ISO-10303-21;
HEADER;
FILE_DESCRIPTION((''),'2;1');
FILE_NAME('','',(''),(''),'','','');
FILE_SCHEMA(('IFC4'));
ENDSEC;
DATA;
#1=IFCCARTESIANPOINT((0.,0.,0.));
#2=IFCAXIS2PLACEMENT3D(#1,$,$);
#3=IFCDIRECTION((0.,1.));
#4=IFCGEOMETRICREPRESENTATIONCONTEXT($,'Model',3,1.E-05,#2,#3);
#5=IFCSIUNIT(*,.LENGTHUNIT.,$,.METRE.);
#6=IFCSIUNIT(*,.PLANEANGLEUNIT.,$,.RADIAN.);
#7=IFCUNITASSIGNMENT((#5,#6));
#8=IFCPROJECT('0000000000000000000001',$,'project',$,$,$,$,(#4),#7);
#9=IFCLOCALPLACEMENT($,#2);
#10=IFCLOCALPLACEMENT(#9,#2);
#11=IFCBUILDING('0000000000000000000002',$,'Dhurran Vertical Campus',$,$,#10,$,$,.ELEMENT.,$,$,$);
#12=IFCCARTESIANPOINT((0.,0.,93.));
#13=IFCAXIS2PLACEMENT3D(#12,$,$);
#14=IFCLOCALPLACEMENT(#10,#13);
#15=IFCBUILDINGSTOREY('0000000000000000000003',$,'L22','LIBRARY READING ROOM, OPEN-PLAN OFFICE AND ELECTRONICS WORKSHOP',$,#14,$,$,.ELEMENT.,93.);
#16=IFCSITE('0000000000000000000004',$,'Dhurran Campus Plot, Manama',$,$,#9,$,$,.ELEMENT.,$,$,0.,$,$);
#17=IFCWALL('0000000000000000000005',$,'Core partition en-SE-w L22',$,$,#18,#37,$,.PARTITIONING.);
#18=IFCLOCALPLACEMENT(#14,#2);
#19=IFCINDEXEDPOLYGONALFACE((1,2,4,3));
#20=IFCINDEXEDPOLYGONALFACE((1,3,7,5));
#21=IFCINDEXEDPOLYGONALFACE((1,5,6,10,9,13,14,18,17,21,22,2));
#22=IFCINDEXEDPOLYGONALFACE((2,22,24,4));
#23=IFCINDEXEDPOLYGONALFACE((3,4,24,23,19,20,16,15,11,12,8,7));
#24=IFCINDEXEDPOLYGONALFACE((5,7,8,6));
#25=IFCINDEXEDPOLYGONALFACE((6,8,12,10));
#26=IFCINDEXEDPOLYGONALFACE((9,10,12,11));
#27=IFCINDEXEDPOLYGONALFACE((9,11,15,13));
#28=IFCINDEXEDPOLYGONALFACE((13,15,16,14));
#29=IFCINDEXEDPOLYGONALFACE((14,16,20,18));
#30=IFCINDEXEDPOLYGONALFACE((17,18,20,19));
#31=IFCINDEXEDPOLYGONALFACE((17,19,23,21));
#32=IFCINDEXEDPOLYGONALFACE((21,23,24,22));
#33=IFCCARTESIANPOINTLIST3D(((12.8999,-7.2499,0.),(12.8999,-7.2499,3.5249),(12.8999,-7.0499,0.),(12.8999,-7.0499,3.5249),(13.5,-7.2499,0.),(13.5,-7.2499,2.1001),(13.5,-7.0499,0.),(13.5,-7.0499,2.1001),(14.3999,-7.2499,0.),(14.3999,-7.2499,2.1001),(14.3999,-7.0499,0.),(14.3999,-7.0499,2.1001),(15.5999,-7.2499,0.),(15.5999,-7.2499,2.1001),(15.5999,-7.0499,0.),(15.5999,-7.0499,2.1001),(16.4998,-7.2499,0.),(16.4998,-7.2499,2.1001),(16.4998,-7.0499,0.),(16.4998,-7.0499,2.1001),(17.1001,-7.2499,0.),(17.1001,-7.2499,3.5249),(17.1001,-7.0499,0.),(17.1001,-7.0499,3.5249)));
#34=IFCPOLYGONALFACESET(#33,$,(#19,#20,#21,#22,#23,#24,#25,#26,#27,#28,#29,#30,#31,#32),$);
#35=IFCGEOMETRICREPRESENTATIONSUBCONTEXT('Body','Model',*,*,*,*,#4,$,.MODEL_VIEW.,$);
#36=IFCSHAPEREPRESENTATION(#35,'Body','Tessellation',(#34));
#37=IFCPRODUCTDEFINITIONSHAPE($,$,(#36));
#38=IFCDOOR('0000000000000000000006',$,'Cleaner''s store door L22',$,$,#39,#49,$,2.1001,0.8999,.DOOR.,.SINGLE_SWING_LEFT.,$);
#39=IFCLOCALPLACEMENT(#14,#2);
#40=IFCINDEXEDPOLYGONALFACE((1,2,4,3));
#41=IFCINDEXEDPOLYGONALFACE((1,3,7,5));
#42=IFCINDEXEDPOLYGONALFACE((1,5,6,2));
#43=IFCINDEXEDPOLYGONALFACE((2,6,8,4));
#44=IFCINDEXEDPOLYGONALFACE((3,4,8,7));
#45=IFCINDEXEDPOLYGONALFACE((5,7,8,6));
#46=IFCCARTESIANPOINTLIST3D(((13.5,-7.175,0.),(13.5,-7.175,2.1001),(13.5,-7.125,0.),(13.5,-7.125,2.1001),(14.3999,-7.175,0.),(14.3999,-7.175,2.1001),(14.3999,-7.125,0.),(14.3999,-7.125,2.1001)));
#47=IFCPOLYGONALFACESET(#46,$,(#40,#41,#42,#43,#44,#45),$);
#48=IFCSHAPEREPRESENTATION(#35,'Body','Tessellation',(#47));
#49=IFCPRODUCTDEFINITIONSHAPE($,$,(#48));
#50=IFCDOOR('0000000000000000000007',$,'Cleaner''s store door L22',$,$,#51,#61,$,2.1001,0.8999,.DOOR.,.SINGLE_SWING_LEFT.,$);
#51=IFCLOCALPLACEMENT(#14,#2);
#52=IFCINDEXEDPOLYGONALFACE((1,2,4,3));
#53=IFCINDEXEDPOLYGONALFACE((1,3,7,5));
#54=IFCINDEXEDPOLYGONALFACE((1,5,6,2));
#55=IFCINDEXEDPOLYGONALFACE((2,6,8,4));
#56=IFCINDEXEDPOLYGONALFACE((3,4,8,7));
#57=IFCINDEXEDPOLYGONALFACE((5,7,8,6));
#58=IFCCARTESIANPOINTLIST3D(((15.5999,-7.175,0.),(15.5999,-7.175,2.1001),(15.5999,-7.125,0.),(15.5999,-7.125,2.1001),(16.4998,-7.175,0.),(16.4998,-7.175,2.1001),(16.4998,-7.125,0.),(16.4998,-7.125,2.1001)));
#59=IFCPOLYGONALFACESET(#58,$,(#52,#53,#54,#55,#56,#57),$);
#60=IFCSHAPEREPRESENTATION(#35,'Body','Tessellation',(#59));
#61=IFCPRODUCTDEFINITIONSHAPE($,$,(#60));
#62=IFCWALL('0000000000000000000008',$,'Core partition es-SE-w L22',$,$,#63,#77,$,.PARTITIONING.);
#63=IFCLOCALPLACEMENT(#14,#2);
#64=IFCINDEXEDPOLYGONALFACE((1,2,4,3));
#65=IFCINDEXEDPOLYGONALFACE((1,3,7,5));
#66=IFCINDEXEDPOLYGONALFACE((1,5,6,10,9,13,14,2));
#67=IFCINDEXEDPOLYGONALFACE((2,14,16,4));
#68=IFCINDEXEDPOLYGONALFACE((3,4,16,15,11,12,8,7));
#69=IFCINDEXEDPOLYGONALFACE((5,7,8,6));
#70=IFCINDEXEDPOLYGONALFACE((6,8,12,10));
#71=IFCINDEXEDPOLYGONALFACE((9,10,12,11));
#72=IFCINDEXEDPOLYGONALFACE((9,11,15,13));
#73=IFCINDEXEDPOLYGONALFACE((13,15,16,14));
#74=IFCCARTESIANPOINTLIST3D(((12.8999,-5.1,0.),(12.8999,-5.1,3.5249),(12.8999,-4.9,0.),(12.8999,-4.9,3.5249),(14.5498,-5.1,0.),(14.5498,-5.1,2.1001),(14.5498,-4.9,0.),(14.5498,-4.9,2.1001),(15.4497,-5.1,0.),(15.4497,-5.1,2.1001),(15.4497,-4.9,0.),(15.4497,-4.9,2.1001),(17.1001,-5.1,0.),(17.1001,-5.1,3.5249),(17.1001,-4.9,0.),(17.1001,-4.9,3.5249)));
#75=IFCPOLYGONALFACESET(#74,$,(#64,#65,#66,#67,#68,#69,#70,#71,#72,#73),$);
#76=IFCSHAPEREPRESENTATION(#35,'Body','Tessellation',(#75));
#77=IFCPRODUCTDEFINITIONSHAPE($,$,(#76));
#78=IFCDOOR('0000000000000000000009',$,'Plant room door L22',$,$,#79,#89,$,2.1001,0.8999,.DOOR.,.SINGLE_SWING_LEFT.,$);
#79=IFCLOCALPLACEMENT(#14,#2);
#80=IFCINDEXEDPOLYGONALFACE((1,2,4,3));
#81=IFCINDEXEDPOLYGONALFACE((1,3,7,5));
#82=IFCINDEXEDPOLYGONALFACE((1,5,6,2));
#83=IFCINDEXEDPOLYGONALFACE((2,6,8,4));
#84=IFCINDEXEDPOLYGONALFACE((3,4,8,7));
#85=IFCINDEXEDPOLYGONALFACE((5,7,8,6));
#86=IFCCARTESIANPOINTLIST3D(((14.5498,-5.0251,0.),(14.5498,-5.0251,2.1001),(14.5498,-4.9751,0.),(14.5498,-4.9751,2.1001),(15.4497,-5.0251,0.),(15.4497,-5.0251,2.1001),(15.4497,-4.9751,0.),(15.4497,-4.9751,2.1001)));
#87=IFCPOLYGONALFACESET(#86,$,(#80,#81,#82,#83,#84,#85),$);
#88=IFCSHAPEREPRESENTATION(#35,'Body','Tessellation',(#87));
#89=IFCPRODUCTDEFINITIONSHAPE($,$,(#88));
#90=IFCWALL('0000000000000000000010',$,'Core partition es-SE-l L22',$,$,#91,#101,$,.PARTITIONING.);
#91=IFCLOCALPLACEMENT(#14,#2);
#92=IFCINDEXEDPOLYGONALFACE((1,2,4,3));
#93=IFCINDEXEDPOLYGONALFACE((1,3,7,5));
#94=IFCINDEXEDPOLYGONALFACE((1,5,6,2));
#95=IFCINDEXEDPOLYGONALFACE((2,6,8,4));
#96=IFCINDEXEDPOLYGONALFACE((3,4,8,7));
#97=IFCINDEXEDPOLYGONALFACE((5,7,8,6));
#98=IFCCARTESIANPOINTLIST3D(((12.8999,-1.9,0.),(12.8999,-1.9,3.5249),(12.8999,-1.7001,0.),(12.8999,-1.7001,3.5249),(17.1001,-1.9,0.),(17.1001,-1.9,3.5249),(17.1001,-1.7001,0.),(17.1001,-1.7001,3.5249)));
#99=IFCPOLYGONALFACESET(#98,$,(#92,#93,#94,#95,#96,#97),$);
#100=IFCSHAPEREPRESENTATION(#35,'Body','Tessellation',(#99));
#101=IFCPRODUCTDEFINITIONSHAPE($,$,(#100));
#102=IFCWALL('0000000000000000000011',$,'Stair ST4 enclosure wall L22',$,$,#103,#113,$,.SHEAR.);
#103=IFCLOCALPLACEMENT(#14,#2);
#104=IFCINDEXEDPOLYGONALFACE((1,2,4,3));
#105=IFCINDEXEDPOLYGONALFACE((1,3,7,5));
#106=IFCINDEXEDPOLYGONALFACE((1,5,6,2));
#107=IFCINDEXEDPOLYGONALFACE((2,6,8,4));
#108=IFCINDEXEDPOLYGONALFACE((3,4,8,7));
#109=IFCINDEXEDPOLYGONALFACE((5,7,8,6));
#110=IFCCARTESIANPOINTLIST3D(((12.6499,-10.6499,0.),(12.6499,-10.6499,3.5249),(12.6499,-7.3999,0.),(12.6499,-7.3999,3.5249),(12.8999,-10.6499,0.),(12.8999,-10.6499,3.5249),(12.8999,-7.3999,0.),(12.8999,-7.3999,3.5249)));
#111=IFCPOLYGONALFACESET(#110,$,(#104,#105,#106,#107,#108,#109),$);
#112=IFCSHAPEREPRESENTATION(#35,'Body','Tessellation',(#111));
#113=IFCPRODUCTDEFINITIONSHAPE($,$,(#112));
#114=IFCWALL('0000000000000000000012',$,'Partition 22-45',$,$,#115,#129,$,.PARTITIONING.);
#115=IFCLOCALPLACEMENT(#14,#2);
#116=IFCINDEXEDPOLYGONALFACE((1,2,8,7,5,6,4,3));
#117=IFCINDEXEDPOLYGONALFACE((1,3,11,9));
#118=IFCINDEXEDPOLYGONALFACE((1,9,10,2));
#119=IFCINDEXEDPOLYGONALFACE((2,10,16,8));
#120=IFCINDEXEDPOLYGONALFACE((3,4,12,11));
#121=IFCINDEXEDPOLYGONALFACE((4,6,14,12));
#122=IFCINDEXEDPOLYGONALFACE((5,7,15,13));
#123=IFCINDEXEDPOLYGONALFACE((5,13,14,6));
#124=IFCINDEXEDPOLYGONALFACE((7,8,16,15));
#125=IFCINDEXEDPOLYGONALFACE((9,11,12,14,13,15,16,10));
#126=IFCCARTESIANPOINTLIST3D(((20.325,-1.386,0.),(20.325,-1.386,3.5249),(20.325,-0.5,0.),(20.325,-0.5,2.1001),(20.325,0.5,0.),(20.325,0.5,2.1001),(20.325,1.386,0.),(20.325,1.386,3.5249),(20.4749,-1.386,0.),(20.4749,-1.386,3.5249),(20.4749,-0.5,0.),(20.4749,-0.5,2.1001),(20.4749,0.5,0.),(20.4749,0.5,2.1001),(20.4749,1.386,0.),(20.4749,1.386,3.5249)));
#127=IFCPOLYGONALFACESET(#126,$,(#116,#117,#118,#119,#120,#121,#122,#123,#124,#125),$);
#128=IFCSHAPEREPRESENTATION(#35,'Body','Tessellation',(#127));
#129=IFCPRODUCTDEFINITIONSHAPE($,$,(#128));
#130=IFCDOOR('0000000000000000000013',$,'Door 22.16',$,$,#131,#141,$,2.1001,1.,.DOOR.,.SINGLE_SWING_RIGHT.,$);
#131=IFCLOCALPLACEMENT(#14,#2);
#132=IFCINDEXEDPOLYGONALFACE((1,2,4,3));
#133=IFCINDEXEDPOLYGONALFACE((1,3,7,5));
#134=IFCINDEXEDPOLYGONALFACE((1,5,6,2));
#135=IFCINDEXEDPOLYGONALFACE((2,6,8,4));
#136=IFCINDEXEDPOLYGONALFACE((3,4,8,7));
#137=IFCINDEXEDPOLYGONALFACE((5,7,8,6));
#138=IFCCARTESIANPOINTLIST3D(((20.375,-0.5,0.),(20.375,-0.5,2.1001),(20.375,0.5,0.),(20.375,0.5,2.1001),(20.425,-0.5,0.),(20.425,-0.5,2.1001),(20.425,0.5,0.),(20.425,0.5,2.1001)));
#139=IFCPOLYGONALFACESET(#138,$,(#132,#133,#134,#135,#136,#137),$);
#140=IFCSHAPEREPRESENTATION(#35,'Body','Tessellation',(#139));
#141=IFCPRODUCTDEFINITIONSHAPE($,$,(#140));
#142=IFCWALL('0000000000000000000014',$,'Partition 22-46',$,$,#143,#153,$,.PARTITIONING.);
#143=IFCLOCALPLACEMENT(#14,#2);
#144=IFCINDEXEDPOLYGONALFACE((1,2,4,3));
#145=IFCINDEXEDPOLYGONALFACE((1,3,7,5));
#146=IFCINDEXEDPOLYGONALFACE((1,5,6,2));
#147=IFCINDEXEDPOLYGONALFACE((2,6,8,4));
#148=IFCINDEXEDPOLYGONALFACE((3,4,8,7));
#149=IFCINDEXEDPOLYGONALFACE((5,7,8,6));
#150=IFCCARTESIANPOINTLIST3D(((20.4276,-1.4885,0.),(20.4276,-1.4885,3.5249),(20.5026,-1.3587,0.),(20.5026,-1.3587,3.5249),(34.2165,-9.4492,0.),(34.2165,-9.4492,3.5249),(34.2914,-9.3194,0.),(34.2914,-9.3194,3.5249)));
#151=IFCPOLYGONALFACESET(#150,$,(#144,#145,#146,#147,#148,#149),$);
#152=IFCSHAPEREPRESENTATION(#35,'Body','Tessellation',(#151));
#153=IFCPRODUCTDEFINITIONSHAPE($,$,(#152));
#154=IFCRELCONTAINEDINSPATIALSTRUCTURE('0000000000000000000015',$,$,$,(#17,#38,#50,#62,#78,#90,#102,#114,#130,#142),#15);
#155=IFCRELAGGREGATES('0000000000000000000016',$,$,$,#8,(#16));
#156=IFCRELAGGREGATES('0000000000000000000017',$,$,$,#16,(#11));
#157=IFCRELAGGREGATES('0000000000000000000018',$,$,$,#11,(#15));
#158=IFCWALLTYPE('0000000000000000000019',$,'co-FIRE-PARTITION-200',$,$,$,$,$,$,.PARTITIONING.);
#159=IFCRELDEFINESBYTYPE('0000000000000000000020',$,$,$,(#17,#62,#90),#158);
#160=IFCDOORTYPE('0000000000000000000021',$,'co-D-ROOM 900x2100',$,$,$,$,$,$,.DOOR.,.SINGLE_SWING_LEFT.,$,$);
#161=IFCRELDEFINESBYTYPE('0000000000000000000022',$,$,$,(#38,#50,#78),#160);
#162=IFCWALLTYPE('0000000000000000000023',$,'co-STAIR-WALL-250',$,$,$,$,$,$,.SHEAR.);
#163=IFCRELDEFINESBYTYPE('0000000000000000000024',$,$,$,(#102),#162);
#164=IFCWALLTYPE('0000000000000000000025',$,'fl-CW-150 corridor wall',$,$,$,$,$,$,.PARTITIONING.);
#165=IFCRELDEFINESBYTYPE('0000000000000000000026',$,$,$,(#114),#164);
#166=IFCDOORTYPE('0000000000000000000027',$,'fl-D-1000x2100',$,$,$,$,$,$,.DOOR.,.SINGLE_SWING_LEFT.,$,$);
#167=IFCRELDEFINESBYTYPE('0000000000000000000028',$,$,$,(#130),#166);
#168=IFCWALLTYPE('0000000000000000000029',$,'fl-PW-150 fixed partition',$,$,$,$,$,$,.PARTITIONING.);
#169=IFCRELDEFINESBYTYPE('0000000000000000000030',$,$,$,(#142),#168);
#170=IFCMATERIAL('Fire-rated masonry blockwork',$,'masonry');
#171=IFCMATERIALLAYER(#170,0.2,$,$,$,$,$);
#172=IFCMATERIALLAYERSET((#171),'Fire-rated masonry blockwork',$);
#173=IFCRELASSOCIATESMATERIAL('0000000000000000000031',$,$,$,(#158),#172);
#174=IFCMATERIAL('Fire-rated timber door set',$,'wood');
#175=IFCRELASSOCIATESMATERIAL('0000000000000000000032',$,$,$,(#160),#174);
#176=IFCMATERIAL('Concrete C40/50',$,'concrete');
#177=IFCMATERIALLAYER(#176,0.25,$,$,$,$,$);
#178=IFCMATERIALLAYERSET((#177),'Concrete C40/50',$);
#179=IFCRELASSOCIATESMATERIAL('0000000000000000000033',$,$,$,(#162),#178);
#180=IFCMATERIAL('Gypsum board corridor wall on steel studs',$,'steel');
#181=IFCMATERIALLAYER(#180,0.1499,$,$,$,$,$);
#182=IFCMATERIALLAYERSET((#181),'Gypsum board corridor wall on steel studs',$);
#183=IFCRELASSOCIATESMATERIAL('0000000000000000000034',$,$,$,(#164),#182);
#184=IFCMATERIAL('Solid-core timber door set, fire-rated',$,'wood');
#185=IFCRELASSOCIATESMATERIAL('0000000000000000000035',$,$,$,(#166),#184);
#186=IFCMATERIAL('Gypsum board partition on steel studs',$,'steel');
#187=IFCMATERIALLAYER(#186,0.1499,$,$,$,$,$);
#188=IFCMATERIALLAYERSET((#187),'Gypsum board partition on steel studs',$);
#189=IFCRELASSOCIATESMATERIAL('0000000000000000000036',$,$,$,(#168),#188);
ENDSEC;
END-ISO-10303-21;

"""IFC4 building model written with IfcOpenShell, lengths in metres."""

from ifc_helpers import new_model, si_unit, direction, frame, frame_2d, origin, place, context, subcontext, project, spatial, rectangle, extrude, material, layer, layer_set, type_object, element, fill, save


model = new_model("IFC4")

# Units and contexts
model_context = context("Model", 3, precision=1e-05, world=origin(), true_north=direction((0.0, 1.0)))
body_context = subcontext(model_context, "Body", "Model", "MODEL_VIEW")
ifc_project = project(units=[si_unit("LENGTHUNIT", "METRE"), si_unit("PLANEANGLEUNIT", "RADIAN")], contexts=[model_context])

# Site, building, storey
site_placement = place(None, origin())
site = spatial("IfcSite", under=ifc_project, at=site_placement, Name="Dhurran Campus Plot, Manama", CompositionType="ELEMENT", RefElevation=0.0)
building_placement = place(site_placement, origin())
building = spatial("IfcBuilding", under=site, at=building_placement, Name="Dhurran Vertical Campus", CompositionType="ELEMENT")
storey_placement = place(building_placement, frame((0.0, 0.0, 93.0)))
storey = spatial("IfcBuildingStorey", under=building, at=storey_placement, Name="L22", Description="LIBRARY READING ROOM, OPEN-PLAN OFFICE AND ELECTRONICS WORKSHOP", CompositionType="ELEMENT", Elevation=93.0)

# Shared definitions
ifc_material_1 = material(Name="Fire-rated masonry blockwork", Category="masonry")
ifc_layer_1 = layer(ifc_material_1, 0.2)
ifc_layer_set_1 = layer_set([ifc_layer_1], Name="Fire-rated masonry blockwork")
wall_type_1 = type_object("IfcWallType", Name="co-FIRE-PARTITION-200", PredefinedType="PARTITIONING", material=ifc_layer_set_1)

# Wall, openings, doors
wall_1_placement = place(storey_placement, frame((12.8999, -7.1499, 0.0), z_axis=(0.0, 0.0, 1.0), x_axis=(1.0, 0.0, 0.0)))
wall_1 = element("IfcWall", 1, at=wall_1_placement, inside=storey, type_object=wall_type_1, Name="Core partition en-SE-w L22", PredefinedType="PARTITIONING", context=body_context, shape_type="SweptSolid", body=[
    extrude(rectangle(XDim=4.2002, YDim=0.2, at=frame_2d((2.1001, 0.0))), origin(), (0.0, 0.0, 1.0), 3.5249),
])
opening_1_placement = place(wall_1_placement, frame((0.6001, 0.0, 0.0)))
opening_1 = element("IfcOpeningElement", 2, at=opening_1_placement, cuts=wall_1, PredefinedType="OPENING", context=body_context, shape_type="SweptSolid", body=[
    extrude(rectangle(XDim=0.8999, YDim=2.1001, at=frame_2d((0.45, 1.05))), frame((0.0, 0.1099, 0.0), z_axis=(0.0, -1.0, 0.0), x_axis=(1.0, 0.0, 0.0)), (0.0, 0.0, 1.0), 0.22),
])
opening_2_placement = place(wall_1_placement, frame((2.7, 0.0, 0.0)))
opening_2 = element("IfcOpeningElement", 3, at=opening_2_placement, cuts=wall_1, PredefinedType="OPENING", context=body_context, shape_type="SweptSolid", body=[
    extrude(rectangle(XDim=0.8999, YDim=2.1001, at=frame_2d((0.45, 1.05))), frame((0.0, 0.1099, 0.0), z_axis=(0.0, -1.0, 0.0), x_axis=(1.0, 0.0, 0.0)), (0.0, 0.0, 1.0), 0.22),
])
ifc_material_2 = material(Name="Fire-rated timber door set", Category="wood")
door_type_1 = type_object("IfcDoorType", Name="co-D-ROOM 900x2100", OperationType="SINGLE_SWING_LEFT", PredefinedType="DOOR", material=ifc_material_2)
door_1_placement = place(opening_1_placement, origin())
door_1 = element("IfcDoor", 4, at=door_1_placement, inside=storey, type_object=door_type_1, Name="Cleaner's store door L22", OperationType="SINGLE_SWING_LEFT", OverallHeight=2.1001, OverallWidth=0.8999, PredefinedType="DOOR", context=body_context, shape_type="SweptSolid", body=[
    extrude(rectangle(XDim=0.8999, YDim=2.1001, at=frame_2d((0.45, 1.05))), frame((0.0, 0.0249, 0.0), z_axis=(0.0, -1.0, 0.0), x_axis=(1.0, 0.0, 0.0)), (0.0, 0.0, 1.0), 0.05),
])
fill(opening_1, door_1)
door_2_placement = place(opening_2_placement, origin())
door_2 = element("IfcDoor", 5, at=door_2_placement, inside=storey, type_object=door_type_1, Name="Cleaner's store door L22", OperationType="SINGLE_SWING_LEFT", OverallHeight=2.1001, OverallWidth=0.8999, PredefinedType="DOOR", context=body_context, shape_type="SweptSolid", body=[
    extrude(rectangle(XDim=0.8999, YDim=2.1001, at=frame_2d((0.45, 1.05))), frame((0.0, 0.0249, 0.0), z_axis=(0.0, -1.0, 0.0), x_axis=(1.0, 0.0, 0.0)), (0.0, 0.0, 1.0), 0.05),
])
fill(opening_2, door_2)

# Wall, opening, door
wall_2_placement = place(storey_placement, frame((12.8999, -5.0, 0.0), z_axis=(0.0, 0.0, 1.0), x_axis=(1.0, 0.0, 0.0)))
wall_2 = element("IfcWall", 6, at=wall_2_placement, inside=storey, type_object=wall_type_1, Name="Core partition es-SE-w L22", PredefinedType="PARTITIONING", context=body_context, shape_type="SweptSolid", body=[
    extrude(rectangle(XDim=4.2002, YDim=0.2, at=frame_2d((2.1001, 0.0))), origin(), (0.0, 0.0, 1.0), 3.5249),
])
opening_3_placement = place(wall_2_placement, frame((1.6499, 0.0, 0.0)))
opening_3 = element("IfcOpeningElement", 7, at=opening_3_placement, cuts=wall_2, PredefinedType="OPENING", context=body_context, shape_type="SweptSolid", body=[
    extrude(rectangle(XDim=0.8999, YDim=2.1001, at=frame_2d((0.45, 1.05))), frame((0.0, 0.1099, 0.0), z_axis=(0.0, -1.0, 0.0), x_axis=(1.0, 0.0, 0.0)), (0.0, 0.0, 1.0), 0.22),
])
door_3_placement = place(opening_3_placement, origin())
door_3 = element("IfcDoor", 8, at=door_3_placement, inside=storey, type_object=door_type_1, Name="Plant room door L22", OperationType="SINGLE_SWING_LEFT", OverallHeight=2.1001, OverallWidth=0.8999, PredefinedType="DOOR", context=body_context, shape_type="SweptSolid", body=[
    extrude(rectangle(XDim=0.8999, YDim=2.1001, at=frame_2d((0.45, 1.05))), frame((0.0, 0.0249, 0.0), z_axis=(0.0, -1.0, 0.0), x_axis=(1.0, 0.0, 0.0)), (0.0, 0.0, 1.0), 0.05),
])
fill(opening_3, door_3)

# Walls
wall_3_placement = place(storey_placement, frame((12.8999, -1.8, 0.0), z_axis=(0.0, 0.0, 1.0), x_axis=(1.0, 0.0, 0.0)))
element("IfcWall", 9, at=wall_3_placement, inside=storey, type_object=wall_type_1, Name="Core partition es-SE-l L22", PredefinedType="PARTITIONING", context=body_context, shape_type="SweptSolid", body=[
    extrude(rectangle(XDim=4.2002, YDim=0.2, at=frame_2d((2.1001, 0.0))), origin(), (0.0, 0.0, 1.0), 3.5249),
])
ifc_material_3 = material(Name="Concrete C40/50", Category="concrete")
ifc_layer_2 = layer(ifc_material_3, 0.25)
ifc_layer_set_2 = layer_set([ifc_layer_2], Name="Concrete C40/50")
wall_type_2 = type_object("IfcWallType", Name="co-STAIR-WALL-250", PredefinedType="SHEAR", material=ifc_layer_set_2)
wall_4_placement = place(storey_placement, frame((12.7749, -10.6499, 0.0), z_axis=(0.0, 0.0, 1.0), x_axis=(0.0, 1.0, 0.0)))
element("IfcWall", 10, at=wall_4_placement, inside=storey, type_object=wall_type_2, Name="Stair ST4 enclosure wall L22", PredefinedType="SHEAR", context=body_context, shape_type="SweptSolid", body=[
    extrude(rectangle(XDim=3.25, YDim=0.25, at=frame_2d((1.625, 0.0))), origin(), (0.0, 0.0, 1.0), 3.5249),
])

# Wall, opening, door
ifc_material_4 = material(Name="Gypsum board corridor wall on steel studs", Category="steel")
ifc_layer_3 = layer(ifc_material_4, 0.1499)
ifc_layer_set_3 = layer_set([ifc_layer_3], Name="Gypsum board corridor wall on steel studs")
wall_type_3 = type_object("IfcWallType", Name="fl-CW-150 corridor wall", PredefinedType="PARTITIONING", material=ifc_layer_set_3)
wall_5_placement = place(storey_placement, frame((20.3999, -1.386, 0.0), z_axis=(0.0, 0.0, 1.0), x_axis=(0.0, 1.0, 0.0)))
wall_5 = element("IfcWall", 11, at=wall_5_placement, inside=storey, type_object=wall_type_3, Name="Partition 22-45", PredefinedType="PARTITIONING", context=body_context, shape_type="SweptSolid", body=[
    extrude(rectangle(XDim=2.772, YDim=0.1499, at=frame_2d((1.386, 0.0))), origin(), (0.0, 0.0, 1.0), 3.5249),
])
opening_4_placement = place(wall_5_placement, frame((0.886, 0.0, 0.0)))
opening_4 = element("IfcOpeningElement", 12, at=opening_4_placement, cuts=wall_5, PredefinedType="OPENING", context=body_context, shape_type="SweptSolid", body=[
    extrude(rectangle(XDim=1.0, YDim=2.1001, at=frame_2d((0.5, 1.05))), frame((0.0, 0.085, 0.0), z_axis=(0.0, -1.0, 0.0), x_axis=(1.0, 0.0, 0.0)), (0.0, 0.0, 1.0), 0.1699),
])
ifc_material_5 = material(Name="Solid-core timber door set, fire-rated", Category="wood")
door_type_2 = type_object("IfcDoorType", Name="fl-D-1000x2100", OperationType="SINGLE_SWING_LEFT", PredefinedType="DOOR", material=ifc_material_5)
door_4_placement = place(opening_4_placement, origin())
door_4 = element("IfcDoor", 13, at=door_4_placement, inside=storey, type_object=door_type_2, Name="Door 22.16", OperationType="SINGLE_SWING_RIGHT", OverallHeight=2.1001, OverallWidth=1.0, PredefinedType="DOOR", context=body_context, shape_type="SweptSolid", body=[
    extrude(rectangle(XDim=1.0, YDim=2.1001, at=frame_2d((0.5, 1.05))), frame((0.0, 0.0249, 0.0), z_axis=(0.0, -1.0, 0.0), x_axis=(1.0, 0.0, 0.0)), (0.0, 0.0, 1.0), 0.05),
])
fill(opening_4, door_4)

# Wall
ifc_material_6 = material(Name="Gypsum board partition on steel studs", Category="steel")
ifc_layer_4 = layer(ifc_material_6, 0.1499)
ifc_layer_set_4 = layer_set([ifc_layer_4], Name="Gypsum board partition on steel studs")
wall_type_4 = type_object("IfcWallType", Name="fl-PW-150 fixed partition", PredefinedType="PARTITIONING", material=ifc_layer_set_4)
wall_6_placement = place(storey_placement, frame((20.4651, -1.4236, 0.0), z_axis=(0.0, 0.0, 1.0), x_axis=(0.866033, -0.499987, 0.0)))
element("IfcWall", 14, at=wall_6_placement, inside=storey, type_object=wall_type_4, Name="Partition 22-46", PredefinedType="PARTITIONING", context=body_context, shape_type="SweptSolid", body=[
    extrude(rectangle(XDim=15.9219, YDim=0.1499, at=frame_2d((7.9609, 0.0))), origin(), (0.0, 0.0, 1.0), 3.5249),
])

save(model, "model.ifc")
